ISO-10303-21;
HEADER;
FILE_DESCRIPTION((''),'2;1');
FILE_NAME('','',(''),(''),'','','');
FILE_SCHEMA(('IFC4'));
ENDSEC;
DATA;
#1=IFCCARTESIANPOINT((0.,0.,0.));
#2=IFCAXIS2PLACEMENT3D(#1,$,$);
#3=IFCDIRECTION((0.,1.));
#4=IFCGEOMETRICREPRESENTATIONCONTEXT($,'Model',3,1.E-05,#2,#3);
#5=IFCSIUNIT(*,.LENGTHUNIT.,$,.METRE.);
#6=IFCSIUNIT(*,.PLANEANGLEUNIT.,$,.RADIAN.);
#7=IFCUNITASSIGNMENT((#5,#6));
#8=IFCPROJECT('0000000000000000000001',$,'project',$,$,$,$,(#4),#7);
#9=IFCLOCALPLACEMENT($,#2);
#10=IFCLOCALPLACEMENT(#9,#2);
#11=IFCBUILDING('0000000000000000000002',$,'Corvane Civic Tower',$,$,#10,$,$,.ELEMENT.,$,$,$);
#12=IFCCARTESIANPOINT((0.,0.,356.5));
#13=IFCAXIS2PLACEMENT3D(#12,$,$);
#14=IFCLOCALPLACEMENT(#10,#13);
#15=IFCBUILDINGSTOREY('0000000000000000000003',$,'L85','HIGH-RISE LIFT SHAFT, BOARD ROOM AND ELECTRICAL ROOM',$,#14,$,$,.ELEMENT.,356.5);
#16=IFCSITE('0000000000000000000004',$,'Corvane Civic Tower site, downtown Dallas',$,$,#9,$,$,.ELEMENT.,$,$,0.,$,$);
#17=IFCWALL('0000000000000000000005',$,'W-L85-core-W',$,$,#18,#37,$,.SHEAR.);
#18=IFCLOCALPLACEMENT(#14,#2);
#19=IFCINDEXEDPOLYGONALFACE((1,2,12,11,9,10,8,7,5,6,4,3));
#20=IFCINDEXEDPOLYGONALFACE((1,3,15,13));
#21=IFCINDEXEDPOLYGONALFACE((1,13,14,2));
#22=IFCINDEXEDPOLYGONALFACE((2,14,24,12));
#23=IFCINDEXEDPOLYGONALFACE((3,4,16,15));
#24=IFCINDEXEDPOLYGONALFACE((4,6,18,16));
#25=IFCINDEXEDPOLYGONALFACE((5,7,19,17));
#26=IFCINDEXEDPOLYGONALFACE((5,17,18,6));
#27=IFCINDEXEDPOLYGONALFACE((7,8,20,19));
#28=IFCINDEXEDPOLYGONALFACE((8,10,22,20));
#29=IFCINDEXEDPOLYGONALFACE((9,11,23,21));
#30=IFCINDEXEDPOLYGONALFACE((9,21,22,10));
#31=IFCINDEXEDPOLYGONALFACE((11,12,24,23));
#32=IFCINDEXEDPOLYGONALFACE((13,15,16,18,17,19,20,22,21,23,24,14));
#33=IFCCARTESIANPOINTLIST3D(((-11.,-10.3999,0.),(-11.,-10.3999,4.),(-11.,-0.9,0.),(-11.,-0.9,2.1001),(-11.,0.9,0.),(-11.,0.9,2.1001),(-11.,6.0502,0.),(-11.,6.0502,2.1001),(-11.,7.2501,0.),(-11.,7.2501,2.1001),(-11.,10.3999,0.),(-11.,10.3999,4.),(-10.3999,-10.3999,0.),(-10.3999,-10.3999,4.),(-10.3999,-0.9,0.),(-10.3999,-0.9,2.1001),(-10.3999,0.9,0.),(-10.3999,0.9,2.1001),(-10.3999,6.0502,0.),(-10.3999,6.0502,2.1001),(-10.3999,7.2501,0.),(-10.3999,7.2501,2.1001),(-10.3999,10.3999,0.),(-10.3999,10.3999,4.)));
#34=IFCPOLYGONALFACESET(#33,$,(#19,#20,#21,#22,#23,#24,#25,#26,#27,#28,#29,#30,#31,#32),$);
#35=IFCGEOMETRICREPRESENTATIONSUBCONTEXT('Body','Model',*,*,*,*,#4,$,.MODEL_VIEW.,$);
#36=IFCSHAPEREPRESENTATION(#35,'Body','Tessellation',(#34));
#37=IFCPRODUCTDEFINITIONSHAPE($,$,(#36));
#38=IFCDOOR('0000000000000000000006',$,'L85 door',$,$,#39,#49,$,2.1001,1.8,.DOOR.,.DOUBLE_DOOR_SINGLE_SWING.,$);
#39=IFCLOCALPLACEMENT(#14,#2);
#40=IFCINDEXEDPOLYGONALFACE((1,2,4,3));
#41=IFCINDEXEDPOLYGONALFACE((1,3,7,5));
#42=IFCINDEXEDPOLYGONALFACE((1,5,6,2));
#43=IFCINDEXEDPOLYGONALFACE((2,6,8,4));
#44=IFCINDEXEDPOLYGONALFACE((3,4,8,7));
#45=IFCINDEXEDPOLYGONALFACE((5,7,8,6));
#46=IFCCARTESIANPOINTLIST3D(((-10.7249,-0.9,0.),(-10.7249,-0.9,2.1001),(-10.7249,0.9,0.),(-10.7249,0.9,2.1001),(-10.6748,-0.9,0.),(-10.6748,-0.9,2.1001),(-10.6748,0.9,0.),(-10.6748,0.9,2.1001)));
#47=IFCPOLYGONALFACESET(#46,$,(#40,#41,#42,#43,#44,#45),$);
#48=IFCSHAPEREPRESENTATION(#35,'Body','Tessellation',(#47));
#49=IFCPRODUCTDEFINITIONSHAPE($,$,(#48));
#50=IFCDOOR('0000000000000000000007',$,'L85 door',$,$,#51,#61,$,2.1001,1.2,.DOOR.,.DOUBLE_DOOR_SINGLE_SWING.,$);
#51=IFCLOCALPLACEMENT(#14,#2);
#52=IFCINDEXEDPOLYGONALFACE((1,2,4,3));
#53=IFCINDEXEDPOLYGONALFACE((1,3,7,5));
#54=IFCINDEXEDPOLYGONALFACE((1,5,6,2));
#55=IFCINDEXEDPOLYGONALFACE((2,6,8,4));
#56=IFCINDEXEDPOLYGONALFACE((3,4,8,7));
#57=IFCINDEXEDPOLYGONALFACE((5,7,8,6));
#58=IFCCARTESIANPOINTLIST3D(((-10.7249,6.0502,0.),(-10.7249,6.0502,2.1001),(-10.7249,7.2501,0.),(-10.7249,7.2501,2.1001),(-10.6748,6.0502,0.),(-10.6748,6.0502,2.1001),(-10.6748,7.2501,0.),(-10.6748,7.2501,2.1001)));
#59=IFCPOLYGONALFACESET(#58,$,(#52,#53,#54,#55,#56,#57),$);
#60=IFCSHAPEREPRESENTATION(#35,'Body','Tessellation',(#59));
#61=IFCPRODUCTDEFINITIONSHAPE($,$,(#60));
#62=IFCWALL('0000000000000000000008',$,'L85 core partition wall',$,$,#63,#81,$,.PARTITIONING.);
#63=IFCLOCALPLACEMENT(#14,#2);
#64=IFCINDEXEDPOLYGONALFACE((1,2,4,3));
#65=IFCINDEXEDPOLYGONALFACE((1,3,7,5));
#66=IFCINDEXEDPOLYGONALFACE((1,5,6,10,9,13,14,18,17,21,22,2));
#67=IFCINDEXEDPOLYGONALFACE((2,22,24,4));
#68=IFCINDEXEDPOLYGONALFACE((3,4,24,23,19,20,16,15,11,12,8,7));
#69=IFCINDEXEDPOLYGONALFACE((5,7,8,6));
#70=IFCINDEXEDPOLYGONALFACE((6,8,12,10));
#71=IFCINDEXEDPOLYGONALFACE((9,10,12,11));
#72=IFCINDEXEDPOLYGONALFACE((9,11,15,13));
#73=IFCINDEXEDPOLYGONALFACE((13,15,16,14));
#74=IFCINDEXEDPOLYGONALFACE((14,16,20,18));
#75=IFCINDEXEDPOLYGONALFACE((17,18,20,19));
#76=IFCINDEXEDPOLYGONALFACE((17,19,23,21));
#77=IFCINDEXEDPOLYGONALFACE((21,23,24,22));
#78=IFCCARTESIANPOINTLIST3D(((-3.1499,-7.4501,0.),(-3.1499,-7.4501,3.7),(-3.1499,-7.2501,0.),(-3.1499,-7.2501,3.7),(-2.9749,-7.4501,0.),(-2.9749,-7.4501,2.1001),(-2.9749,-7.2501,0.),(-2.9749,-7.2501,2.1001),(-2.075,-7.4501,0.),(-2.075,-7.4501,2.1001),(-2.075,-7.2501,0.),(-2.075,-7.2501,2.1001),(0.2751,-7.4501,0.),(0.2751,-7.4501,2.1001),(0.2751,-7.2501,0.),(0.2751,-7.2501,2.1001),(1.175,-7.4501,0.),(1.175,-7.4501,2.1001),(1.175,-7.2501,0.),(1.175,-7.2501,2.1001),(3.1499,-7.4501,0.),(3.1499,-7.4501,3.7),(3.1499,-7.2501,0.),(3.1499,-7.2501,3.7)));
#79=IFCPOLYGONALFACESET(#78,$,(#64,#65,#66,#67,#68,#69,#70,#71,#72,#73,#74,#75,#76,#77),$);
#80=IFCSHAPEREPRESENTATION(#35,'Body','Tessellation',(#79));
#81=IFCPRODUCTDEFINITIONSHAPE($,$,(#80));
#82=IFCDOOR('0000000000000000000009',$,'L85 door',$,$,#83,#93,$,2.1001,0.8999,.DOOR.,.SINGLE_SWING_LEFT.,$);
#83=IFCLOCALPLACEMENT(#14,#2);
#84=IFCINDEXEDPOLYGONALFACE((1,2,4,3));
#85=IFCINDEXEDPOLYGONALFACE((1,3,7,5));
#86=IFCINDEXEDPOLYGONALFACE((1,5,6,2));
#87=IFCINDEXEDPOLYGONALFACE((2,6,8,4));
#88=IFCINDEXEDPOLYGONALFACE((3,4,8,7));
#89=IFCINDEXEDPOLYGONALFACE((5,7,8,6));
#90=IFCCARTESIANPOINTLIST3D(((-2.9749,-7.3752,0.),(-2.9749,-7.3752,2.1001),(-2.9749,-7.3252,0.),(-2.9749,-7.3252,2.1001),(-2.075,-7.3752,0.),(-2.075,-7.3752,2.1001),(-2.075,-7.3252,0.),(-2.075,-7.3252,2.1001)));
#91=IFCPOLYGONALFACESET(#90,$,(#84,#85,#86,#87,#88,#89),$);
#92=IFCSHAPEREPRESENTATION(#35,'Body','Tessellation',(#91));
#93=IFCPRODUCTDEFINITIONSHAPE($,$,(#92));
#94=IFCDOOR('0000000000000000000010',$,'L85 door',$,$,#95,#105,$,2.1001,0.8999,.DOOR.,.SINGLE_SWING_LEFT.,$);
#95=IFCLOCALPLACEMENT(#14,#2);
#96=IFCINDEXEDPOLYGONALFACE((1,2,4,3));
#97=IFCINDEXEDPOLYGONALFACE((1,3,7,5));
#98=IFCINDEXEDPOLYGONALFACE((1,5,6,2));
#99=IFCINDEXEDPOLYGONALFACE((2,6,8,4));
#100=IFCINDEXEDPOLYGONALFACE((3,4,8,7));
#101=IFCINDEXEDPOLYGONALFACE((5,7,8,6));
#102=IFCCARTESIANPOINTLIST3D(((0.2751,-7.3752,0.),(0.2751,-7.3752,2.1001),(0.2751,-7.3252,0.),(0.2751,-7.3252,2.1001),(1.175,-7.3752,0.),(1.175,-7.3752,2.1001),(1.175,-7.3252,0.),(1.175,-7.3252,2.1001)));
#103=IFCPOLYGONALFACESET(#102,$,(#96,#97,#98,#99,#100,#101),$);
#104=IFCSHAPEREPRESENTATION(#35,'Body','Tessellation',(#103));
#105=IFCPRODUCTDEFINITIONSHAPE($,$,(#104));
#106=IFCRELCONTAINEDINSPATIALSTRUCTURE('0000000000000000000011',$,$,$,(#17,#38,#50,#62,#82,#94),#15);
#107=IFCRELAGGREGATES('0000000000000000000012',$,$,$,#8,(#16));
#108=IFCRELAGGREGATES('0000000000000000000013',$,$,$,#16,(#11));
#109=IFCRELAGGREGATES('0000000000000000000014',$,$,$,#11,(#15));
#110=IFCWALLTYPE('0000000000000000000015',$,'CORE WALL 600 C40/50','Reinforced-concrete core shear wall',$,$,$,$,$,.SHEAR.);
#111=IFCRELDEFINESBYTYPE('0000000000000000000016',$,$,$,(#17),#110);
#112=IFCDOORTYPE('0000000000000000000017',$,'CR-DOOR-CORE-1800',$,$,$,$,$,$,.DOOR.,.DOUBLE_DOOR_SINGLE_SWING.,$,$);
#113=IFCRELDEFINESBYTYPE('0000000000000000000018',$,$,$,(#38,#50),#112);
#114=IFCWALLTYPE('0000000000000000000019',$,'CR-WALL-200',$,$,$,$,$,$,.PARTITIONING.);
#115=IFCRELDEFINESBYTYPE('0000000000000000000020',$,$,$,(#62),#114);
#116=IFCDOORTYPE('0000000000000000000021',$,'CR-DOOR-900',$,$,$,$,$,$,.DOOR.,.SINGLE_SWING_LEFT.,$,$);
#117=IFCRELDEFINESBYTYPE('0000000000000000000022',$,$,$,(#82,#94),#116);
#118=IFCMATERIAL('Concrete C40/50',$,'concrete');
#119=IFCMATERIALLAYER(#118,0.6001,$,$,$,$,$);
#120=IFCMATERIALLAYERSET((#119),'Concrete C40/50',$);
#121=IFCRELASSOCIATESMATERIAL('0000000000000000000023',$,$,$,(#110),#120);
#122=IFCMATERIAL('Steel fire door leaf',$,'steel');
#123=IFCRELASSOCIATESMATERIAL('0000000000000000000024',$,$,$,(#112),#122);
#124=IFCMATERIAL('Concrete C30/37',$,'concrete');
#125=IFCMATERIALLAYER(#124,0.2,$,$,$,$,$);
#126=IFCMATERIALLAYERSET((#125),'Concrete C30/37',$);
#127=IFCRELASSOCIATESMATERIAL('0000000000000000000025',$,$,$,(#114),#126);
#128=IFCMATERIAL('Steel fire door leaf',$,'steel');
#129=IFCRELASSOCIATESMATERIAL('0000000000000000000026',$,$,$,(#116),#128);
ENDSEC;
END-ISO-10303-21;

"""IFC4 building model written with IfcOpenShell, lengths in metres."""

from ifc_helpers import new_model, si_unit, direction, frame, frame_2d, origin, place, context, subcontext, project, spatial, rectangle, extrude, material, layer, layer_set, type_object, element, fill, save


model = new_model("IFC4")

# Units and contexts
model_context = context("Model", 3, precision=1e-05, world=origin(), true_north=direction((0.0, 1.0)))
body_context = subcontext(model_context, "Body", "Model", "MODEL_VIEW")
ifc_project = project(units=[si_unit("LENGTHUNIT", "METRE"), si_unit("PLANEANGLEUNIT", "RADIAN")], contexts=[model_context])

# Site, building, storey
site_placement = place(None, origin())
site = spatial("IfcSite", under=ifc_project, at=site_placement, Name="Corvane Civic Tower site, downtown Dallas", CompositionType="ELEMENT", RefElevation=0.0)
building_placement = place(site_placement, origin())
building = spatial("IfcBuilding", under=site, at=building_placement, Name="Corvane Civic Tower", CompositionType="ELEMENT")
storey_placement = place(building_placement, frame((0.0, 0.0, 356.5)))
storey = spatial("IfcBuildingStorey", under=building, at=storey_placement, Name="L85", Description="HIGH-RISE LIFT SHAFT, BOARD ROOM AND ELECTRICAL ROOM", CompositionType="ELEMENT", Elevation=356.5)

# Walls, openings, doors
ifc_material_1 = material(Name="Concrete C40/50", Category="concrete")
ifc_layer_1 = layer(ifc_material_1, 0.6001)
ifc_layer_set_1 = layer_set([ifc_layer_1], Name="Concrete C40/50")
wall_type_1 = type_object("IfcWallType", Name="CORE WALL 600 C40/50", Description="Reinforced-concrete core shear wall", PredefinedType="SHEAR", material=ifc_layer_set_1)
wall_1_placement = place(storey_placement, frame((-10.7, -10.3999, 0.0), z_axis=(0.0, 0.0, 1.0), x_axis=(0.0, 1.0, 0.0)))
wall_1 = element("IfcWall", 1, at=wall_1_placement, inside=storey, type_object=wall_type_1, Name="W-L85-core-W", PredefinedType="SHEAR", context=body_context, shape_type="SweptSolid", body=[
    extrude(rectangle(XDim=20.7998, YDim=0.6001, at=frame_2d((10.3999, 0.0))), origin(), (0.0, 0.0, 1.0), 4.0),
])
opening_1_placement = place(wall_1_placement, frame((9.5, 0.0, 0.0)))
opening_1 = element("IfcOpeningElement", 2, at=opening_1_placement, cuts=wall_1, PredefinedType="OPENING", context=body_context, shape_type="SweptSolid", body=[
    extrude(rectangle(XDim=1.8, YDim=2.1001, at=frame_2d((0.8999, 1.05))), frame((0.0, 0.3101, 0.0), z_axis=(0.0, -1.0, 0.0), x_axis=(1.0, 0.0, 0.0)), (0.0, 0.0, 1.0), 0.6201),
])
opening_2_placement = place(wall_1_placement, frame((16.45, 0.0, 0.0)))
opening_2 = element("IfcOpeningElement", 3, at=opening_2_placement, cuts=wall_1, PredefinedType="OPENING", context=body_context, shape_type="SweptSolid", body=[
    extrude(rectangle(XDim=1.2, YDim=2.1001, at=frame_2d((0.6001, 1.05))), frame((0.0, 0.3101, 0.0), z_axis=(0.0, -1.0, 0.0), x_axis=(1.0, 0.0, 0.0)), (0.0, 0.0, 1.0), 0.6201),
])
ifc_material_2 = material(Name="Steel fire door leaf", Category="steel")
door_type_1 = type_object("IfcDoorType", Name="CR-DOOR-CORE-1800", OperationType="DOUBLE_DOOR_SINGLE_SWING", PredefinedType="DOOR", material=ifc_material_2)
door_1_placement = place(opening_1_placement, origin())
door_1 = element("IfcDoor", 4, at=door_1_placement, inside=storey, type_object=door_type_1, Name="L85 door", OperationType="DOUBLE_DOOR_SINGLE_SWING", OverallHeight=2.1001, OverallWidth=1.8, PredefinedType="DOOR", context=body_context, shape_type="SweptSolid", body=[
    extrude(rectangle(XDim=1.8, YDim=2.1001, at=frame_2d((0.8999, 1.05))), frame((0.0, 0.0249, 0.0), z_axis=(0.0, -1.0, 0.0), x_axis=(1.0, 0.0, 0.0)), (0.0, 0.0, 1.0), 0.05),
])
fill(opening_1, door_1)
door_2_placement = place(opening_2_placement, origin())
door_2 = element("IfcDoor", 5, at=door_2_placement, inside=storey, type_object=door_type_1, Name="L85 door", OperationType="DOUBLE_DOOR_SINGLE_SWING", OverallHeight=2.1001, OverallWidth=1.2, PredefinedType="DOOR", context=body_context, shape_type="SweptSolid", body=[
    extrude(rectangle(XDim=1.2, YDim=2.1001, at=frame_2d((0.6001, 1.05))), frame((0.0, 0.0249, 0.0), z_axis=(0.0, -1.0, 0.0), x_axis=(1.0, 0.0, 0.0)), (0.0, 0.0, 1.0), 0.05),
])
fill(opening_2, door_2)
ifc_material_3 = material(Name="Concrete C30/37", Category="concrete")
ifc_layer_2 = layer(ifc_material_3, 0.2)
ifc_layer_set_2 = layer_set([ifc_layer_2], Name="Concrete C30/37")
wall_type_2 = type_object("IfcWallType", Name="CR-WALL-200", PredefinedType="PARTITIONING", material=ifc_layer_set_2)
wall_2_placement = place(storey_placement, frame((-3.1499, -7.3501, 0.0), z_axis=(0.0, 0.0, 1.0), x_axis=(1.0, 0.0, 0.0)))
wall_2 = element("IfcWall", 6, at=wall_2_placement, inside=storey, type_object=wall_type_2, Name="L85 core partition wall", PredefinedType="PARTITIONING", context=body_context, shape_type="SweptSolid", body=[
    extrude(rectangle(XDim=6.2998, YDim=0.2, at=frame_2d((3.1499, 0.0))), origin(), (0.0, 0.0, 1.0), 3.7),
])
opening_3_placement = place(wall_2_placement, frame((0.175, 0.0, 0.0)))
opening_3 = element("IfcOpeningElement", 7, at=opening_3_placement, cuts=wall_2, PredefinedType="OPENING", context=body_context, shape_type="SweptSolid", body=[
    extrude(rectangle(XDim=0.8999, YDim=2.1001, at=frame_2d((0.45, 1.05))), frame((0.0, 0.1099, 0.0), z_axis=(0.0, -1.0, 0.0), x_axis=(1.0, 0.0, 0.0)), (0.0, 0.0, 1.0), 0.22),
])
opening_4_placement = place(wall_2_placement, frame((3.425, 0.0, 0.0)))
opening_4 = element("IfcOpeningElement", 8, at=opening_4_placement, cuts=wall_2, PredefinedType="OPENING", context=body_context, shape_type="SweptSolid", body=[
    extrude(rectangle(XDim=0.8999, YDim=2.1001, at=frame_2d((0.45, 1.05))), frame((0.0, 0.1099, 0.0), z_axis=(0.0, -1.0, 0.0), x_axis=(1.0, 0.0, 0.0)), (0.0, 0.0, 1.0), 0.22),
])
ifc_material_4 = material(Name="Steel fire door leaf", Category="steel")
door_type_2 = type_object("IfcDoorType", Name="CR-DOOR-900", OperationType="SINGLE_SWING_LEFT", PredefinedType="DOOR", material=ifc_material_4)
door_3_placement = place(opening_3_placement, origin())
door_3 = element("IfcDoor", 9, at=door_3_placement, inside=storey, type_object=door_type_2, Name="L85 door", OperationType="SINGLE_SWING_LEFT", OverallHeight=2.1001, OverallWidth=0.8999, PredefinedType="DOOR", context=body_context, shape_type="SweptSolid", body=[
    extrude(rectangle(XDim=0.8999, YDim=2.1001, at=frame_2d((0.45, 1.05))), frame((0.0, 0.0249, 0.0), z_axis=(0.0, -1.0, 0.0), x_axis=(1.0, 0.0, 0.0)), (0.0, 0.0, 1.0), 0.05),
])
fill(opening_3, door_3)
door_4_placement = place(opening_4_placement, origin())
door_4 = element("IfcDoor", 10, at=door_4_placement, inside=storey, type_object=door_type_2, Name="L85 door", OperationType="SINGLE_SWING_LEFT", OverallHeight=2.1001, OverallWidth=0.8999, PredefinedType="DOOR", context=body_context, shape_type="SweptSolid", body=[
    extrude(rectangle(XDim=0.8999, YDim=2.1001, at=frame_2d((0.45, 1.05))), frame((0.0, 0.0249, 0.0), z_axis=(0.0, -1.0, 0.0), x_axis=(1.0, 0.0, 0.0)), (0.0, 0.0, 1.0), 0.05),
])
fill(opening_4, door_4)

save(model, "model.ifc")
